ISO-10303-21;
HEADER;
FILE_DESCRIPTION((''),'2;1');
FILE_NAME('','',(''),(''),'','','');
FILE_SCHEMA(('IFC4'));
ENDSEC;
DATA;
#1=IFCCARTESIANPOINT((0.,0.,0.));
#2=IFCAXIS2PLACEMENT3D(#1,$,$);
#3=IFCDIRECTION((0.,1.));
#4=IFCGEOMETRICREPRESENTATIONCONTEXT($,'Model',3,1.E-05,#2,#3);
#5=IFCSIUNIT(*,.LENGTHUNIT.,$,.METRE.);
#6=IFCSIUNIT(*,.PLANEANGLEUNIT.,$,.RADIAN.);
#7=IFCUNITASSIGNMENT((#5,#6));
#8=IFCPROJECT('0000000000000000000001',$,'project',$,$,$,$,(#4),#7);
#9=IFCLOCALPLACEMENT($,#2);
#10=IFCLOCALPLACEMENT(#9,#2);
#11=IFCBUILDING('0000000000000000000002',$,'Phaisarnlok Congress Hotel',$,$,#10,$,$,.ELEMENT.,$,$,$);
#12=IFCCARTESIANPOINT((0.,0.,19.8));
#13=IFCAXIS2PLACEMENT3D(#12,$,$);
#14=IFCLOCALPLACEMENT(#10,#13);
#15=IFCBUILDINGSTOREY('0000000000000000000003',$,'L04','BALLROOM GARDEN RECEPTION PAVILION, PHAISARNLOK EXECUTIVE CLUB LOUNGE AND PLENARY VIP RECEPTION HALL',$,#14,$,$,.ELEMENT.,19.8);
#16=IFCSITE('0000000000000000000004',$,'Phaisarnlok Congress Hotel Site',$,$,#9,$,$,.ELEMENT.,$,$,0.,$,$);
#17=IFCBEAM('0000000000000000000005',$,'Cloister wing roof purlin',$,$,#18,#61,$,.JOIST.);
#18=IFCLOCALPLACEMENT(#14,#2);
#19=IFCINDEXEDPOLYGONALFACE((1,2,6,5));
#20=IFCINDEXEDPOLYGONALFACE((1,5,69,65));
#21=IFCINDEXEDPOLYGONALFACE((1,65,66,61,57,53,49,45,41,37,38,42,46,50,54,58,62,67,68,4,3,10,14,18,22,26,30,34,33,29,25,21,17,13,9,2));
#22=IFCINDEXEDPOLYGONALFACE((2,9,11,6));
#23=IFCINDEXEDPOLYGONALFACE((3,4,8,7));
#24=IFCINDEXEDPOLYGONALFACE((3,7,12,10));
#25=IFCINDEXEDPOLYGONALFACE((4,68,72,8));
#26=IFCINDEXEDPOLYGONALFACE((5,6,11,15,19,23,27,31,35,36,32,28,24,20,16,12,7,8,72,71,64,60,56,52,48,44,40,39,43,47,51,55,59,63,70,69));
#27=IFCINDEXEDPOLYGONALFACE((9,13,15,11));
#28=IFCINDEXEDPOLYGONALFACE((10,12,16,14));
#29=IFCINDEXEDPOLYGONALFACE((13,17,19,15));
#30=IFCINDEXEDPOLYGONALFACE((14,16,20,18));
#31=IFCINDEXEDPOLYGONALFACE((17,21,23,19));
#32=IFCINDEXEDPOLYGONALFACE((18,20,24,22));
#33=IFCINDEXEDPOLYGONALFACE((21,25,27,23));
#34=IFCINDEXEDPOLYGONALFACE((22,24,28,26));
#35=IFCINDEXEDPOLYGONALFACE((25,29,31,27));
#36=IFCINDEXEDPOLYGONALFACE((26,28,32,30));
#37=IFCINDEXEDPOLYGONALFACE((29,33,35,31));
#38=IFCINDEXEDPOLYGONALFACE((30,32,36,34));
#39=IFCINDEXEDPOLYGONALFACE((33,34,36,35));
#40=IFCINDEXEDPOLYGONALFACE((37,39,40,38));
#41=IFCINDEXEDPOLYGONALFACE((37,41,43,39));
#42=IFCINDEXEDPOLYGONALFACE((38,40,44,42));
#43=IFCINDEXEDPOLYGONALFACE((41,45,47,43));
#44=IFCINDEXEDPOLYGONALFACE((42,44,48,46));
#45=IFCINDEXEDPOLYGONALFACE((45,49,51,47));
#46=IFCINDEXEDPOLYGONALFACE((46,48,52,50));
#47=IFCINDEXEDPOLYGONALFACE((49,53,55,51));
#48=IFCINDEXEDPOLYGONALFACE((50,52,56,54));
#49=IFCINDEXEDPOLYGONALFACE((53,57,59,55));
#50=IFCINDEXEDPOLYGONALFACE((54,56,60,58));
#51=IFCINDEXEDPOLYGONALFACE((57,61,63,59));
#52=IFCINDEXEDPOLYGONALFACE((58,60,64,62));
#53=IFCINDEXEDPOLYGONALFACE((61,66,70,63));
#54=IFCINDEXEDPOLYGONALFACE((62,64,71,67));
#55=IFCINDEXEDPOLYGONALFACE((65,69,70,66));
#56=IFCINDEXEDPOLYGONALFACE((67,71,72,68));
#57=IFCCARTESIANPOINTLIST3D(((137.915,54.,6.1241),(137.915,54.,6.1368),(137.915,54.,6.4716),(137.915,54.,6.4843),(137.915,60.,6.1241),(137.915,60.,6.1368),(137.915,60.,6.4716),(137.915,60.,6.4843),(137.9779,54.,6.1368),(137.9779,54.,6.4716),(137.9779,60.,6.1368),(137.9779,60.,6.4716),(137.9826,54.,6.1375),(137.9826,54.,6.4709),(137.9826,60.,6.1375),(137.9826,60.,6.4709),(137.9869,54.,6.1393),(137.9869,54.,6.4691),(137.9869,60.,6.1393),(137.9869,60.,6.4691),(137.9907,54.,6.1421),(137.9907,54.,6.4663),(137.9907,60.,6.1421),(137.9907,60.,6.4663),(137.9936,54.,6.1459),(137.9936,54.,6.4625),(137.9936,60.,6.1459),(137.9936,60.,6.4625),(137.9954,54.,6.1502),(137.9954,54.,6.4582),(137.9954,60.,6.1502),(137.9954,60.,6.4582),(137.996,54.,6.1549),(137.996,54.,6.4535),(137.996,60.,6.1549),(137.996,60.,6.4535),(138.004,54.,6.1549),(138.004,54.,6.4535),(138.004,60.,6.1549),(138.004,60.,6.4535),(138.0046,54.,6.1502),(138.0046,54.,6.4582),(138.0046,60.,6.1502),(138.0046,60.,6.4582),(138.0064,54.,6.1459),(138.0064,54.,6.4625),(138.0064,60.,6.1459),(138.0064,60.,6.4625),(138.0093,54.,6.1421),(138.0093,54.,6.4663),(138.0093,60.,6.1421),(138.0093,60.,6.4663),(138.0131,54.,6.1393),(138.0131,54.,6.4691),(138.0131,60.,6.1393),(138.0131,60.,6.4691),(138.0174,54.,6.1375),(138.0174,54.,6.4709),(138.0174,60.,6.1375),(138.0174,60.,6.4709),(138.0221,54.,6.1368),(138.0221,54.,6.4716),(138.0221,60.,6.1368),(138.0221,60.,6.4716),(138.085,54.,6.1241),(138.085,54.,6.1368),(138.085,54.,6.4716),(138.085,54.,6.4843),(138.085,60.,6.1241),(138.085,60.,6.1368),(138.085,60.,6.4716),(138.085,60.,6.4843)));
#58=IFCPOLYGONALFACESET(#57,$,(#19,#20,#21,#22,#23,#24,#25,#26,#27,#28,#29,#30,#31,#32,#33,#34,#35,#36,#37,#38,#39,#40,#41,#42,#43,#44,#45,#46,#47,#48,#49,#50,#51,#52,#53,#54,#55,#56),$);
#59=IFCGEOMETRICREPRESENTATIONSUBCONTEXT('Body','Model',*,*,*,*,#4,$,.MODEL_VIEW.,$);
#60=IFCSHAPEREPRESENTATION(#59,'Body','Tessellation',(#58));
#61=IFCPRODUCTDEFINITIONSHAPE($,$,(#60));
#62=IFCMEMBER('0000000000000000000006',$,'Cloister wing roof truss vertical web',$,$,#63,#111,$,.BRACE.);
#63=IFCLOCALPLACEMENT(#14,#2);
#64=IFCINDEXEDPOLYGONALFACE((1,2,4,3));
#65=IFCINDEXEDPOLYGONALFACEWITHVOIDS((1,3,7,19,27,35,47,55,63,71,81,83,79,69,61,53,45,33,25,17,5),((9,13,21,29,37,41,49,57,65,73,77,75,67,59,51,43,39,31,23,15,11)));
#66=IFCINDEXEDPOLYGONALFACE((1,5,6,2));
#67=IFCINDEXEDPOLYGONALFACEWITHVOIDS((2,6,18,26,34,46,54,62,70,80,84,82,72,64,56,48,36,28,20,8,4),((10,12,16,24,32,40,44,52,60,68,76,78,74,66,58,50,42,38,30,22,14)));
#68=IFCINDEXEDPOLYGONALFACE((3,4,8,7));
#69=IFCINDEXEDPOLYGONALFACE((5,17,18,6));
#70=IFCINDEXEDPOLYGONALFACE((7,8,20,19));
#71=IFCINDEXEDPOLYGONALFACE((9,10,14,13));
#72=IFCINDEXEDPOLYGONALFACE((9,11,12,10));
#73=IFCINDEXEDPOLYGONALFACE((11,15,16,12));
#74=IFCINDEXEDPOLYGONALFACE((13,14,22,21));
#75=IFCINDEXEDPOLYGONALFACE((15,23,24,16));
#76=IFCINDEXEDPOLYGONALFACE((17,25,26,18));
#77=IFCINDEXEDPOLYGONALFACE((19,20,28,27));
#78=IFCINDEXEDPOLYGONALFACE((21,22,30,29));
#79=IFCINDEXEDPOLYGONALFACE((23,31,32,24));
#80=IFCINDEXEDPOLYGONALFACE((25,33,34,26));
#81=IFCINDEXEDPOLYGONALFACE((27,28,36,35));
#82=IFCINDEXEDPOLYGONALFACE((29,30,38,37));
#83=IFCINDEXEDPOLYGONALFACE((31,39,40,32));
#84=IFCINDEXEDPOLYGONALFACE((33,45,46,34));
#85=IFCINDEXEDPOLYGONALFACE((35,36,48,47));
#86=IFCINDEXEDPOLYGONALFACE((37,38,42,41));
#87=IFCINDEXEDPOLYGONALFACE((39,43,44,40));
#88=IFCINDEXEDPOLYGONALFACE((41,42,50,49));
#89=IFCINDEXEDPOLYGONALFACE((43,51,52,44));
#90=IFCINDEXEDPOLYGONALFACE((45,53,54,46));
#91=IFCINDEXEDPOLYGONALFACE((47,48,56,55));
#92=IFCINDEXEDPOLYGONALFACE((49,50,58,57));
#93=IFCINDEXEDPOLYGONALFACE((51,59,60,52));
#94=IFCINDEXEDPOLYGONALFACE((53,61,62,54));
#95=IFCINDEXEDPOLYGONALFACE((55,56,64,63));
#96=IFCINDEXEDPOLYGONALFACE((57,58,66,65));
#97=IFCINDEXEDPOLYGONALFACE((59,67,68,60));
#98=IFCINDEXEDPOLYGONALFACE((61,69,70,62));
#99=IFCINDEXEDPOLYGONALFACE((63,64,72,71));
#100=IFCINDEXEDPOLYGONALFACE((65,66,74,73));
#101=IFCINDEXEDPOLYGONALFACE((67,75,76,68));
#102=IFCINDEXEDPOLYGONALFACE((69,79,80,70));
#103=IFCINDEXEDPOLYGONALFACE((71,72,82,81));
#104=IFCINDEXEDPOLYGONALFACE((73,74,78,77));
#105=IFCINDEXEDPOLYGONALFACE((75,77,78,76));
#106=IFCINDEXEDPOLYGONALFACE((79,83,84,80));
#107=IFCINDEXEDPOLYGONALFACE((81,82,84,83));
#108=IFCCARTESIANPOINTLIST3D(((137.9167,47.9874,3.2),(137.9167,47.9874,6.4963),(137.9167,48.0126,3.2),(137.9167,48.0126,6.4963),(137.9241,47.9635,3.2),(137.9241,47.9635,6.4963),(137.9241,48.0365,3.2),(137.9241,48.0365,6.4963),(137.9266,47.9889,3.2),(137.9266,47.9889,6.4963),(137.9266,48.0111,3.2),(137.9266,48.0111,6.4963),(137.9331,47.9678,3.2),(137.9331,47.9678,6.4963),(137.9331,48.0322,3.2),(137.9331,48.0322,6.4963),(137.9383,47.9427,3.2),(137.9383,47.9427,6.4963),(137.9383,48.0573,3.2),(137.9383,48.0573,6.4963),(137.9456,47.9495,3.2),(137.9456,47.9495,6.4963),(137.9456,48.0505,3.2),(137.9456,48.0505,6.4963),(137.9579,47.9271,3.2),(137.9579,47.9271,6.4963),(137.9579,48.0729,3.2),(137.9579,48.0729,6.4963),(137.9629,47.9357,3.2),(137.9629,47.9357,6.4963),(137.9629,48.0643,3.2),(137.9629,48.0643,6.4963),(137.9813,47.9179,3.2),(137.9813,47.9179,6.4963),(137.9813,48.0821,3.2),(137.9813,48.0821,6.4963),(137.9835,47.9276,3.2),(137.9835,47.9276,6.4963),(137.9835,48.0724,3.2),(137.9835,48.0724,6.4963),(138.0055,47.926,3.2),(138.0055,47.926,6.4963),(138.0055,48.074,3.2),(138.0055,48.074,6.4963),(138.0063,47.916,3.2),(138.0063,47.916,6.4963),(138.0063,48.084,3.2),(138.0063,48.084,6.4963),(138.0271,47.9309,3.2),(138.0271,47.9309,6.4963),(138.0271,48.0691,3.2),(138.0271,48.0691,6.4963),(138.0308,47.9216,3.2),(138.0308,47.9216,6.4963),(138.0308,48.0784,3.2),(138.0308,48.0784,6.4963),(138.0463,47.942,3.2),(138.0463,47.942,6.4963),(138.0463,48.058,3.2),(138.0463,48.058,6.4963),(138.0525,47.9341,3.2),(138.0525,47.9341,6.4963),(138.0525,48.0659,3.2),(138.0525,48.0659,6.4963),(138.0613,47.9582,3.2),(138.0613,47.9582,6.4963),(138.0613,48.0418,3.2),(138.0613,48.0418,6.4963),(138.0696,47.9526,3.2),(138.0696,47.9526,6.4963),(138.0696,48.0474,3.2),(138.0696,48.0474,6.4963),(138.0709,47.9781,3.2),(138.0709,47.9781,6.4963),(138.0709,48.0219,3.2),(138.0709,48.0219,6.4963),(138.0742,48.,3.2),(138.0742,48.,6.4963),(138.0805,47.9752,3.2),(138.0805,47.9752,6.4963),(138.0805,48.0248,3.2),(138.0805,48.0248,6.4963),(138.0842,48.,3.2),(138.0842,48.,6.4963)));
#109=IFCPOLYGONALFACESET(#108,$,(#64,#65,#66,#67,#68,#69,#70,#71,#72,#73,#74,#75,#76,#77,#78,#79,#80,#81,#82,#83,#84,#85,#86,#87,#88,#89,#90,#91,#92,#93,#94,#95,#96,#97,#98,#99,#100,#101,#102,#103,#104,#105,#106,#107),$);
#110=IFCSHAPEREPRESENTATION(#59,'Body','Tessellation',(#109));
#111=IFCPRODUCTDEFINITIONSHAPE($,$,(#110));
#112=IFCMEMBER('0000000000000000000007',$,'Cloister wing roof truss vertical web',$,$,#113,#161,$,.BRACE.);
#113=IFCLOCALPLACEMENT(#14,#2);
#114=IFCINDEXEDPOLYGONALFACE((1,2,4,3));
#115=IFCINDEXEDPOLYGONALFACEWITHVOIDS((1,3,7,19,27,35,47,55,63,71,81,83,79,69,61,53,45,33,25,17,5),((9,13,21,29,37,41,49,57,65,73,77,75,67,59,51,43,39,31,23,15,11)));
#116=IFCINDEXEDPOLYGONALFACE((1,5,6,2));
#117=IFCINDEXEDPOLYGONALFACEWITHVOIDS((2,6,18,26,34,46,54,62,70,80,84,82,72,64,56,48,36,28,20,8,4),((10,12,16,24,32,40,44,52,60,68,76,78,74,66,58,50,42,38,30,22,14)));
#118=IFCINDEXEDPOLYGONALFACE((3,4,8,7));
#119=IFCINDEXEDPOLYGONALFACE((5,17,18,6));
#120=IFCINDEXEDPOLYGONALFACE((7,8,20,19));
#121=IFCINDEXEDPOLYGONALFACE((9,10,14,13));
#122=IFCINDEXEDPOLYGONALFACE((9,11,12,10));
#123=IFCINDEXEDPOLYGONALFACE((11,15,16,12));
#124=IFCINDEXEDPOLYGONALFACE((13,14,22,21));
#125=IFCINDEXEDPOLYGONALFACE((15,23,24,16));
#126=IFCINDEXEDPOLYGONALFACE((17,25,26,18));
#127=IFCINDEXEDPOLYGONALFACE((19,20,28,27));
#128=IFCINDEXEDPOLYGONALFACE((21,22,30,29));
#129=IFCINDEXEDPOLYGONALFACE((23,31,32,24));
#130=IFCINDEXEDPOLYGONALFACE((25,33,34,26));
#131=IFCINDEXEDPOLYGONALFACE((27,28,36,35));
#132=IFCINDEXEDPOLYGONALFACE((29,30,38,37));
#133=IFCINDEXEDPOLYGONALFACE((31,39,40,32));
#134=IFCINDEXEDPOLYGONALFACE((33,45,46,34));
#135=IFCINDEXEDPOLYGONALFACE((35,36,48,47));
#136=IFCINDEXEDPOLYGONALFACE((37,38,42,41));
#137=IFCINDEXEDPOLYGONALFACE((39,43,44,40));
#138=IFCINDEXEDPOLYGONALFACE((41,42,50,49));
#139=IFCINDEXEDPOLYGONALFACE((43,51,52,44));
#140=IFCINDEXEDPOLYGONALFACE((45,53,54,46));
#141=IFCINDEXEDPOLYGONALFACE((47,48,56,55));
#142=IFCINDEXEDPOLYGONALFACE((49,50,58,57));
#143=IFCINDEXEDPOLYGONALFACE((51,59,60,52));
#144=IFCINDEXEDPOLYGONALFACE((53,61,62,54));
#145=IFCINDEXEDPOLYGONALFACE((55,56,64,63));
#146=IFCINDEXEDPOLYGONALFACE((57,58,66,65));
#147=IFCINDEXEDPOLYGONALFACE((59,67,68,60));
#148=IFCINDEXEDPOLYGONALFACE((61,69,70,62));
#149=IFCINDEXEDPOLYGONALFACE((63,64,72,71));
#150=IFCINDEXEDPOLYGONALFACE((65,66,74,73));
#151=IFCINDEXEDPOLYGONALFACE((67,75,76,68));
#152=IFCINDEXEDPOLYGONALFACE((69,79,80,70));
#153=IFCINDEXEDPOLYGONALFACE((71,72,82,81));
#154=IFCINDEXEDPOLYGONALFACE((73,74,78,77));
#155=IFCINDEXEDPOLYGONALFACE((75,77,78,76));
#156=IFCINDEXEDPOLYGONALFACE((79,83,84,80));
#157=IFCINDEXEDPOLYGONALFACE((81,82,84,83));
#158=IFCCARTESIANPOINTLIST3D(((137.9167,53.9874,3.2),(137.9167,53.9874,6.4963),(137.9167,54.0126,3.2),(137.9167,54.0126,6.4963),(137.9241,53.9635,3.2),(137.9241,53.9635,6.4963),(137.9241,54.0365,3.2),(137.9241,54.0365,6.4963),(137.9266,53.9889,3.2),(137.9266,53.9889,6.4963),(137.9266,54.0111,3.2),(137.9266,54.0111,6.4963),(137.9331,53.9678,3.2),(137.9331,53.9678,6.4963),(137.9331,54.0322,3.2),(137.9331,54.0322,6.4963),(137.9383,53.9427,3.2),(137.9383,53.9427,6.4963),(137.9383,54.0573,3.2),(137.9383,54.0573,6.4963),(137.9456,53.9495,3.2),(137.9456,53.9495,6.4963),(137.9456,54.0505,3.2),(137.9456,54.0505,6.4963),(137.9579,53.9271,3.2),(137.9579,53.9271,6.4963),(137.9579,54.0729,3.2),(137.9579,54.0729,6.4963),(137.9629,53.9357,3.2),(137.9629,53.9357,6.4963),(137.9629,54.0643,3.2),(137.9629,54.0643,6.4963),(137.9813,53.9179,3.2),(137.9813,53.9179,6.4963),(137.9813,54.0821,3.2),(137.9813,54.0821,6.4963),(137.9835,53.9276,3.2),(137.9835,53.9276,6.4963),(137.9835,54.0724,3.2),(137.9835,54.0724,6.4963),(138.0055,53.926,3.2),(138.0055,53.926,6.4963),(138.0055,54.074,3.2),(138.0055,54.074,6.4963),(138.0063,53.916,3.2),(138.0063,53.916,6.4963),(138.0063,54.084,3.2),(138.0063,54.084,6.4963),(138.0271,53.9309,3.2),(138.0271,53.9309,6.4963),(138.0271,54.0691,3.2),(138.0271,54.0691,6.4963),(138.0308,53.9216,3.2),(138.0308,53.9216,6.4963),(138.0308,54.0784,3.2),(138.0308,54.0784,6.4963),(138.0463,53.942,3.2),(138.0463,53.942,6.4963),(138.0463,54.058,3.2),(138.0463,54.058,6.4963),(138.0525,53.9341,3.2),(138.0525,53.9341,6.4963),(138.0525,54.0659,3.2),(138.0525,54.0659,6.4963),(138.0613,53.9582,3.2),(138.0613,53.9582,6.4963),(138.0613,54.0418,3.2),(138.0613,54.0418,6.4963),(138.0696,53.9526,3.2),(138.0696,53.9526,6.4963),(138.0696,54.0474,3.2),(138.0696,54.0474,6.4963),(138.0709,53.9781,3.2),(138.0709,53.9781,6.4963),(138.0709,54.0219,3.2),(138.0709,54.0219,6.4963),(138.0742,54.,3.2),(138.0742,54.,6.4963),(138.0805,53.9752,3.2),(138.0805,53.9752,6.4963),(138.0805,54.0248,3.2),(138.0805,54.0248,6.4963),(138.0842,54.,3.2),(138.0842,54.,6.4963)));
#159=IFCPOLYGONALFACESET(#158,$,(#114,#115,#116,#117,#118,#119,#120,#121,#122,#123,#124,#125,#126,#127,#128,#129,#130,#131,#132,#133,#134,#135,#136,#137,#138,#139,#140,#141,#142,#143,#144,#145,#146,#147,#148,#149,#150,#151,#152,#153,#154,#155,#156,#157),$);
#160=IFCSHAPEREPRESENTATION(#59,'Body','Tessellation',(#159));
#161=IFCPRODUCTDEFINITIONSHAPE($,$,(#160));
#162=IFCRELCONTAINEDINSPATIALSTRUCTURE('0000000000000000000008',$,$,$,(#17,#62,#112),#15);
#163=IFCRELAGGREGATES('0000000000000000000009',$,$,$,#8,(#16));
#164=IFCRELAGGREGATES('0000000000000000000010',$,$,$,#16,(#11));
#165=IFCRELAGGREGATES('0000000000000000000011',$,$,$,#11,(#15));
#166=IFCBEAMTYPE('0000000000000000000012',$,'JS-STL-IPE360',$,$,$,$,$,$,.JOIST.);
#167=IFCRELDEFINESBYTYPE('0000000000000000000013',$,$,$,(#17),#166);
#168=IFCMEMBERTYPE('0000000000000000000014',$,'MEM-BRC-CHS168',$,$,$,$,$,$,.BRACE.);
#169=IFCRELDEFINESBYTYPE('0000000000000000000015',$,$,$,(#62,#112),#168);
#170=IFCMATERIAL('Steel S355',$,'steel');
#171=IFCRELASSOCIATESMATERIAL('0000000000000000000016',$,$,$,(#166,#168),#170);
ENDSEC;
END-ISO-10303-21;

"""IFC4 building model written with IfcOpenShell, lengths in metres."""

from ifc_helpers import new_model, si_unit, direction, frame, origin, origin_2d, place, context, subcontext, project, spatial, hollow_circle, i_section, extrude, material, material_profile, profile_set, type_object, element, save


model = new_model("IFC4")

# Units and contexts
model_context = context("Model", 3, precision=1e-05, world=origin(), true_north=direction((0.0, 1.0)))
body_context = subcontext(model_context, "Body", "Model", "MODEL_VIEW")
ifc_project = project(units=[si_unit("LENGTHUNIT", "METRE"), si_unit("PLANEANGLEUNIT", "RADIAN")], contexts=[model_context])

# Site, building, storey
site_placement = place(None, origin())
site = spatial("IfcSite", under=ifc_project, at=site_placement, Name="Phaisarnlok Congress Hotel Site", CompositionType="ELEMENT", RefElevation=0.0)
building_placement = place(site_placement, origin())
building = spatial("IfcBuilding", under=site, at=building_placement, Name="Phaisarnlok Congress Hotel", CompositionType="ELEMENT")
storey_placement = place(building_placement, frame((0.0, 0.0, 19.8)))
storey = spatial("IfcBuildingStorey", under=building, at=storey_placement, Name="L04", Description="BALLROOM GARDEN RECEPTION PAVILION, PHAISARNLOK EXECUTIVE CLUB LOUNGE AND PLENARY VIP RECEPTION HALL", CompositionType="ELEMENT", Elevation=19.8)

# Shared definitions
ifc_material_1 = material(Name="Steel S355", Category="steel")

# Beam
ifc_material_profile_1 = material_profile(ifc_material_1, i_section(OverallWidth=0.1699, OverallDepth=0.3601, WebThickness=0.0081, FlangeThickness=0.0127, FilletRadius=0.0181, at=origin_2d()), Name="IPE 360")
ifc_profile_set_1 = profile_set([ifc_material_profile_1], Name="Steel S355")
beam_type = type_object("IfcBeamType", Name="JS-STL-IPE360", PredefinedType="JOIST", material=ifc_profile_set_1)
for number, where, z_axis, x_axis, name in (
    (1, (138.0, 54.0, 6.3042), (0.0, 1.0, 0.0), (-1.0, 0.0, 0.0), "Cloister wing roof purlin"),
):
    element("IfcBeam", number, at=place(storey_placement, frame(where, z_axis=z_axis, x_axis=x_axis)), inside=storey, type_object=beam_type, Name=name, PredefinedType="JOIST", context=body_context, shape_type="SweptSolid", body=[
        extrude(i_section(OverallWidth=0.1699, OverallDepth=0.3601, WebThickness=0.0081, FlangeThickness=0.0127, FilletRadius=0.0181, at=origin_2d()), origin(), (0.0, 0.0, 1.0), 6.0),
    ])

# Members
ifc_material_profile_2 = material_profile(ifc_material_1, hollow_circle(Radius=0.0842, WallThickness=0.01, at=origin_2d()), Name="CHS 168.3x10")
ifc_profile_set_2 = profile_set([ifc_material_profile_2], Name="Steel S355")
member_type_1 = type_object("IfcMemberType", Name="MEM-BRC-CHS168", PredefinedType="BRACE", material=ifc_profile_set_2)
for number, where, z_axis, x_axis, name in (
    (2, (138.0, 48.0, 3.2), (0.0, 0.0, 1.0), (1.0, 0.0, 0.0), "Cloister wing roof truss vertical web"),
    (3, (138.0, 54.0, 3.2), (0.0, 0.0, 1.0), (1.0, 0.0, 0.0), "Cloister wing roof truss vertical web"),
):
    element("IfcMember", number, at=place(storey_placement, frame(where, z_axis=z_axis, x_axis=x_axis)), inside=storey, type_object=member_type_1, Name=name, PredefinedType="BRACE", context=body_context, shape_type="SweptSolid", body=[
        extrude(hollow_circle(Radius=0.0842, WallThickness=0.01, at=origin_2d()), origin(), (0.0, 0.0, 1.0), 3.2964),
    ])

save(model, "model.ifc")
